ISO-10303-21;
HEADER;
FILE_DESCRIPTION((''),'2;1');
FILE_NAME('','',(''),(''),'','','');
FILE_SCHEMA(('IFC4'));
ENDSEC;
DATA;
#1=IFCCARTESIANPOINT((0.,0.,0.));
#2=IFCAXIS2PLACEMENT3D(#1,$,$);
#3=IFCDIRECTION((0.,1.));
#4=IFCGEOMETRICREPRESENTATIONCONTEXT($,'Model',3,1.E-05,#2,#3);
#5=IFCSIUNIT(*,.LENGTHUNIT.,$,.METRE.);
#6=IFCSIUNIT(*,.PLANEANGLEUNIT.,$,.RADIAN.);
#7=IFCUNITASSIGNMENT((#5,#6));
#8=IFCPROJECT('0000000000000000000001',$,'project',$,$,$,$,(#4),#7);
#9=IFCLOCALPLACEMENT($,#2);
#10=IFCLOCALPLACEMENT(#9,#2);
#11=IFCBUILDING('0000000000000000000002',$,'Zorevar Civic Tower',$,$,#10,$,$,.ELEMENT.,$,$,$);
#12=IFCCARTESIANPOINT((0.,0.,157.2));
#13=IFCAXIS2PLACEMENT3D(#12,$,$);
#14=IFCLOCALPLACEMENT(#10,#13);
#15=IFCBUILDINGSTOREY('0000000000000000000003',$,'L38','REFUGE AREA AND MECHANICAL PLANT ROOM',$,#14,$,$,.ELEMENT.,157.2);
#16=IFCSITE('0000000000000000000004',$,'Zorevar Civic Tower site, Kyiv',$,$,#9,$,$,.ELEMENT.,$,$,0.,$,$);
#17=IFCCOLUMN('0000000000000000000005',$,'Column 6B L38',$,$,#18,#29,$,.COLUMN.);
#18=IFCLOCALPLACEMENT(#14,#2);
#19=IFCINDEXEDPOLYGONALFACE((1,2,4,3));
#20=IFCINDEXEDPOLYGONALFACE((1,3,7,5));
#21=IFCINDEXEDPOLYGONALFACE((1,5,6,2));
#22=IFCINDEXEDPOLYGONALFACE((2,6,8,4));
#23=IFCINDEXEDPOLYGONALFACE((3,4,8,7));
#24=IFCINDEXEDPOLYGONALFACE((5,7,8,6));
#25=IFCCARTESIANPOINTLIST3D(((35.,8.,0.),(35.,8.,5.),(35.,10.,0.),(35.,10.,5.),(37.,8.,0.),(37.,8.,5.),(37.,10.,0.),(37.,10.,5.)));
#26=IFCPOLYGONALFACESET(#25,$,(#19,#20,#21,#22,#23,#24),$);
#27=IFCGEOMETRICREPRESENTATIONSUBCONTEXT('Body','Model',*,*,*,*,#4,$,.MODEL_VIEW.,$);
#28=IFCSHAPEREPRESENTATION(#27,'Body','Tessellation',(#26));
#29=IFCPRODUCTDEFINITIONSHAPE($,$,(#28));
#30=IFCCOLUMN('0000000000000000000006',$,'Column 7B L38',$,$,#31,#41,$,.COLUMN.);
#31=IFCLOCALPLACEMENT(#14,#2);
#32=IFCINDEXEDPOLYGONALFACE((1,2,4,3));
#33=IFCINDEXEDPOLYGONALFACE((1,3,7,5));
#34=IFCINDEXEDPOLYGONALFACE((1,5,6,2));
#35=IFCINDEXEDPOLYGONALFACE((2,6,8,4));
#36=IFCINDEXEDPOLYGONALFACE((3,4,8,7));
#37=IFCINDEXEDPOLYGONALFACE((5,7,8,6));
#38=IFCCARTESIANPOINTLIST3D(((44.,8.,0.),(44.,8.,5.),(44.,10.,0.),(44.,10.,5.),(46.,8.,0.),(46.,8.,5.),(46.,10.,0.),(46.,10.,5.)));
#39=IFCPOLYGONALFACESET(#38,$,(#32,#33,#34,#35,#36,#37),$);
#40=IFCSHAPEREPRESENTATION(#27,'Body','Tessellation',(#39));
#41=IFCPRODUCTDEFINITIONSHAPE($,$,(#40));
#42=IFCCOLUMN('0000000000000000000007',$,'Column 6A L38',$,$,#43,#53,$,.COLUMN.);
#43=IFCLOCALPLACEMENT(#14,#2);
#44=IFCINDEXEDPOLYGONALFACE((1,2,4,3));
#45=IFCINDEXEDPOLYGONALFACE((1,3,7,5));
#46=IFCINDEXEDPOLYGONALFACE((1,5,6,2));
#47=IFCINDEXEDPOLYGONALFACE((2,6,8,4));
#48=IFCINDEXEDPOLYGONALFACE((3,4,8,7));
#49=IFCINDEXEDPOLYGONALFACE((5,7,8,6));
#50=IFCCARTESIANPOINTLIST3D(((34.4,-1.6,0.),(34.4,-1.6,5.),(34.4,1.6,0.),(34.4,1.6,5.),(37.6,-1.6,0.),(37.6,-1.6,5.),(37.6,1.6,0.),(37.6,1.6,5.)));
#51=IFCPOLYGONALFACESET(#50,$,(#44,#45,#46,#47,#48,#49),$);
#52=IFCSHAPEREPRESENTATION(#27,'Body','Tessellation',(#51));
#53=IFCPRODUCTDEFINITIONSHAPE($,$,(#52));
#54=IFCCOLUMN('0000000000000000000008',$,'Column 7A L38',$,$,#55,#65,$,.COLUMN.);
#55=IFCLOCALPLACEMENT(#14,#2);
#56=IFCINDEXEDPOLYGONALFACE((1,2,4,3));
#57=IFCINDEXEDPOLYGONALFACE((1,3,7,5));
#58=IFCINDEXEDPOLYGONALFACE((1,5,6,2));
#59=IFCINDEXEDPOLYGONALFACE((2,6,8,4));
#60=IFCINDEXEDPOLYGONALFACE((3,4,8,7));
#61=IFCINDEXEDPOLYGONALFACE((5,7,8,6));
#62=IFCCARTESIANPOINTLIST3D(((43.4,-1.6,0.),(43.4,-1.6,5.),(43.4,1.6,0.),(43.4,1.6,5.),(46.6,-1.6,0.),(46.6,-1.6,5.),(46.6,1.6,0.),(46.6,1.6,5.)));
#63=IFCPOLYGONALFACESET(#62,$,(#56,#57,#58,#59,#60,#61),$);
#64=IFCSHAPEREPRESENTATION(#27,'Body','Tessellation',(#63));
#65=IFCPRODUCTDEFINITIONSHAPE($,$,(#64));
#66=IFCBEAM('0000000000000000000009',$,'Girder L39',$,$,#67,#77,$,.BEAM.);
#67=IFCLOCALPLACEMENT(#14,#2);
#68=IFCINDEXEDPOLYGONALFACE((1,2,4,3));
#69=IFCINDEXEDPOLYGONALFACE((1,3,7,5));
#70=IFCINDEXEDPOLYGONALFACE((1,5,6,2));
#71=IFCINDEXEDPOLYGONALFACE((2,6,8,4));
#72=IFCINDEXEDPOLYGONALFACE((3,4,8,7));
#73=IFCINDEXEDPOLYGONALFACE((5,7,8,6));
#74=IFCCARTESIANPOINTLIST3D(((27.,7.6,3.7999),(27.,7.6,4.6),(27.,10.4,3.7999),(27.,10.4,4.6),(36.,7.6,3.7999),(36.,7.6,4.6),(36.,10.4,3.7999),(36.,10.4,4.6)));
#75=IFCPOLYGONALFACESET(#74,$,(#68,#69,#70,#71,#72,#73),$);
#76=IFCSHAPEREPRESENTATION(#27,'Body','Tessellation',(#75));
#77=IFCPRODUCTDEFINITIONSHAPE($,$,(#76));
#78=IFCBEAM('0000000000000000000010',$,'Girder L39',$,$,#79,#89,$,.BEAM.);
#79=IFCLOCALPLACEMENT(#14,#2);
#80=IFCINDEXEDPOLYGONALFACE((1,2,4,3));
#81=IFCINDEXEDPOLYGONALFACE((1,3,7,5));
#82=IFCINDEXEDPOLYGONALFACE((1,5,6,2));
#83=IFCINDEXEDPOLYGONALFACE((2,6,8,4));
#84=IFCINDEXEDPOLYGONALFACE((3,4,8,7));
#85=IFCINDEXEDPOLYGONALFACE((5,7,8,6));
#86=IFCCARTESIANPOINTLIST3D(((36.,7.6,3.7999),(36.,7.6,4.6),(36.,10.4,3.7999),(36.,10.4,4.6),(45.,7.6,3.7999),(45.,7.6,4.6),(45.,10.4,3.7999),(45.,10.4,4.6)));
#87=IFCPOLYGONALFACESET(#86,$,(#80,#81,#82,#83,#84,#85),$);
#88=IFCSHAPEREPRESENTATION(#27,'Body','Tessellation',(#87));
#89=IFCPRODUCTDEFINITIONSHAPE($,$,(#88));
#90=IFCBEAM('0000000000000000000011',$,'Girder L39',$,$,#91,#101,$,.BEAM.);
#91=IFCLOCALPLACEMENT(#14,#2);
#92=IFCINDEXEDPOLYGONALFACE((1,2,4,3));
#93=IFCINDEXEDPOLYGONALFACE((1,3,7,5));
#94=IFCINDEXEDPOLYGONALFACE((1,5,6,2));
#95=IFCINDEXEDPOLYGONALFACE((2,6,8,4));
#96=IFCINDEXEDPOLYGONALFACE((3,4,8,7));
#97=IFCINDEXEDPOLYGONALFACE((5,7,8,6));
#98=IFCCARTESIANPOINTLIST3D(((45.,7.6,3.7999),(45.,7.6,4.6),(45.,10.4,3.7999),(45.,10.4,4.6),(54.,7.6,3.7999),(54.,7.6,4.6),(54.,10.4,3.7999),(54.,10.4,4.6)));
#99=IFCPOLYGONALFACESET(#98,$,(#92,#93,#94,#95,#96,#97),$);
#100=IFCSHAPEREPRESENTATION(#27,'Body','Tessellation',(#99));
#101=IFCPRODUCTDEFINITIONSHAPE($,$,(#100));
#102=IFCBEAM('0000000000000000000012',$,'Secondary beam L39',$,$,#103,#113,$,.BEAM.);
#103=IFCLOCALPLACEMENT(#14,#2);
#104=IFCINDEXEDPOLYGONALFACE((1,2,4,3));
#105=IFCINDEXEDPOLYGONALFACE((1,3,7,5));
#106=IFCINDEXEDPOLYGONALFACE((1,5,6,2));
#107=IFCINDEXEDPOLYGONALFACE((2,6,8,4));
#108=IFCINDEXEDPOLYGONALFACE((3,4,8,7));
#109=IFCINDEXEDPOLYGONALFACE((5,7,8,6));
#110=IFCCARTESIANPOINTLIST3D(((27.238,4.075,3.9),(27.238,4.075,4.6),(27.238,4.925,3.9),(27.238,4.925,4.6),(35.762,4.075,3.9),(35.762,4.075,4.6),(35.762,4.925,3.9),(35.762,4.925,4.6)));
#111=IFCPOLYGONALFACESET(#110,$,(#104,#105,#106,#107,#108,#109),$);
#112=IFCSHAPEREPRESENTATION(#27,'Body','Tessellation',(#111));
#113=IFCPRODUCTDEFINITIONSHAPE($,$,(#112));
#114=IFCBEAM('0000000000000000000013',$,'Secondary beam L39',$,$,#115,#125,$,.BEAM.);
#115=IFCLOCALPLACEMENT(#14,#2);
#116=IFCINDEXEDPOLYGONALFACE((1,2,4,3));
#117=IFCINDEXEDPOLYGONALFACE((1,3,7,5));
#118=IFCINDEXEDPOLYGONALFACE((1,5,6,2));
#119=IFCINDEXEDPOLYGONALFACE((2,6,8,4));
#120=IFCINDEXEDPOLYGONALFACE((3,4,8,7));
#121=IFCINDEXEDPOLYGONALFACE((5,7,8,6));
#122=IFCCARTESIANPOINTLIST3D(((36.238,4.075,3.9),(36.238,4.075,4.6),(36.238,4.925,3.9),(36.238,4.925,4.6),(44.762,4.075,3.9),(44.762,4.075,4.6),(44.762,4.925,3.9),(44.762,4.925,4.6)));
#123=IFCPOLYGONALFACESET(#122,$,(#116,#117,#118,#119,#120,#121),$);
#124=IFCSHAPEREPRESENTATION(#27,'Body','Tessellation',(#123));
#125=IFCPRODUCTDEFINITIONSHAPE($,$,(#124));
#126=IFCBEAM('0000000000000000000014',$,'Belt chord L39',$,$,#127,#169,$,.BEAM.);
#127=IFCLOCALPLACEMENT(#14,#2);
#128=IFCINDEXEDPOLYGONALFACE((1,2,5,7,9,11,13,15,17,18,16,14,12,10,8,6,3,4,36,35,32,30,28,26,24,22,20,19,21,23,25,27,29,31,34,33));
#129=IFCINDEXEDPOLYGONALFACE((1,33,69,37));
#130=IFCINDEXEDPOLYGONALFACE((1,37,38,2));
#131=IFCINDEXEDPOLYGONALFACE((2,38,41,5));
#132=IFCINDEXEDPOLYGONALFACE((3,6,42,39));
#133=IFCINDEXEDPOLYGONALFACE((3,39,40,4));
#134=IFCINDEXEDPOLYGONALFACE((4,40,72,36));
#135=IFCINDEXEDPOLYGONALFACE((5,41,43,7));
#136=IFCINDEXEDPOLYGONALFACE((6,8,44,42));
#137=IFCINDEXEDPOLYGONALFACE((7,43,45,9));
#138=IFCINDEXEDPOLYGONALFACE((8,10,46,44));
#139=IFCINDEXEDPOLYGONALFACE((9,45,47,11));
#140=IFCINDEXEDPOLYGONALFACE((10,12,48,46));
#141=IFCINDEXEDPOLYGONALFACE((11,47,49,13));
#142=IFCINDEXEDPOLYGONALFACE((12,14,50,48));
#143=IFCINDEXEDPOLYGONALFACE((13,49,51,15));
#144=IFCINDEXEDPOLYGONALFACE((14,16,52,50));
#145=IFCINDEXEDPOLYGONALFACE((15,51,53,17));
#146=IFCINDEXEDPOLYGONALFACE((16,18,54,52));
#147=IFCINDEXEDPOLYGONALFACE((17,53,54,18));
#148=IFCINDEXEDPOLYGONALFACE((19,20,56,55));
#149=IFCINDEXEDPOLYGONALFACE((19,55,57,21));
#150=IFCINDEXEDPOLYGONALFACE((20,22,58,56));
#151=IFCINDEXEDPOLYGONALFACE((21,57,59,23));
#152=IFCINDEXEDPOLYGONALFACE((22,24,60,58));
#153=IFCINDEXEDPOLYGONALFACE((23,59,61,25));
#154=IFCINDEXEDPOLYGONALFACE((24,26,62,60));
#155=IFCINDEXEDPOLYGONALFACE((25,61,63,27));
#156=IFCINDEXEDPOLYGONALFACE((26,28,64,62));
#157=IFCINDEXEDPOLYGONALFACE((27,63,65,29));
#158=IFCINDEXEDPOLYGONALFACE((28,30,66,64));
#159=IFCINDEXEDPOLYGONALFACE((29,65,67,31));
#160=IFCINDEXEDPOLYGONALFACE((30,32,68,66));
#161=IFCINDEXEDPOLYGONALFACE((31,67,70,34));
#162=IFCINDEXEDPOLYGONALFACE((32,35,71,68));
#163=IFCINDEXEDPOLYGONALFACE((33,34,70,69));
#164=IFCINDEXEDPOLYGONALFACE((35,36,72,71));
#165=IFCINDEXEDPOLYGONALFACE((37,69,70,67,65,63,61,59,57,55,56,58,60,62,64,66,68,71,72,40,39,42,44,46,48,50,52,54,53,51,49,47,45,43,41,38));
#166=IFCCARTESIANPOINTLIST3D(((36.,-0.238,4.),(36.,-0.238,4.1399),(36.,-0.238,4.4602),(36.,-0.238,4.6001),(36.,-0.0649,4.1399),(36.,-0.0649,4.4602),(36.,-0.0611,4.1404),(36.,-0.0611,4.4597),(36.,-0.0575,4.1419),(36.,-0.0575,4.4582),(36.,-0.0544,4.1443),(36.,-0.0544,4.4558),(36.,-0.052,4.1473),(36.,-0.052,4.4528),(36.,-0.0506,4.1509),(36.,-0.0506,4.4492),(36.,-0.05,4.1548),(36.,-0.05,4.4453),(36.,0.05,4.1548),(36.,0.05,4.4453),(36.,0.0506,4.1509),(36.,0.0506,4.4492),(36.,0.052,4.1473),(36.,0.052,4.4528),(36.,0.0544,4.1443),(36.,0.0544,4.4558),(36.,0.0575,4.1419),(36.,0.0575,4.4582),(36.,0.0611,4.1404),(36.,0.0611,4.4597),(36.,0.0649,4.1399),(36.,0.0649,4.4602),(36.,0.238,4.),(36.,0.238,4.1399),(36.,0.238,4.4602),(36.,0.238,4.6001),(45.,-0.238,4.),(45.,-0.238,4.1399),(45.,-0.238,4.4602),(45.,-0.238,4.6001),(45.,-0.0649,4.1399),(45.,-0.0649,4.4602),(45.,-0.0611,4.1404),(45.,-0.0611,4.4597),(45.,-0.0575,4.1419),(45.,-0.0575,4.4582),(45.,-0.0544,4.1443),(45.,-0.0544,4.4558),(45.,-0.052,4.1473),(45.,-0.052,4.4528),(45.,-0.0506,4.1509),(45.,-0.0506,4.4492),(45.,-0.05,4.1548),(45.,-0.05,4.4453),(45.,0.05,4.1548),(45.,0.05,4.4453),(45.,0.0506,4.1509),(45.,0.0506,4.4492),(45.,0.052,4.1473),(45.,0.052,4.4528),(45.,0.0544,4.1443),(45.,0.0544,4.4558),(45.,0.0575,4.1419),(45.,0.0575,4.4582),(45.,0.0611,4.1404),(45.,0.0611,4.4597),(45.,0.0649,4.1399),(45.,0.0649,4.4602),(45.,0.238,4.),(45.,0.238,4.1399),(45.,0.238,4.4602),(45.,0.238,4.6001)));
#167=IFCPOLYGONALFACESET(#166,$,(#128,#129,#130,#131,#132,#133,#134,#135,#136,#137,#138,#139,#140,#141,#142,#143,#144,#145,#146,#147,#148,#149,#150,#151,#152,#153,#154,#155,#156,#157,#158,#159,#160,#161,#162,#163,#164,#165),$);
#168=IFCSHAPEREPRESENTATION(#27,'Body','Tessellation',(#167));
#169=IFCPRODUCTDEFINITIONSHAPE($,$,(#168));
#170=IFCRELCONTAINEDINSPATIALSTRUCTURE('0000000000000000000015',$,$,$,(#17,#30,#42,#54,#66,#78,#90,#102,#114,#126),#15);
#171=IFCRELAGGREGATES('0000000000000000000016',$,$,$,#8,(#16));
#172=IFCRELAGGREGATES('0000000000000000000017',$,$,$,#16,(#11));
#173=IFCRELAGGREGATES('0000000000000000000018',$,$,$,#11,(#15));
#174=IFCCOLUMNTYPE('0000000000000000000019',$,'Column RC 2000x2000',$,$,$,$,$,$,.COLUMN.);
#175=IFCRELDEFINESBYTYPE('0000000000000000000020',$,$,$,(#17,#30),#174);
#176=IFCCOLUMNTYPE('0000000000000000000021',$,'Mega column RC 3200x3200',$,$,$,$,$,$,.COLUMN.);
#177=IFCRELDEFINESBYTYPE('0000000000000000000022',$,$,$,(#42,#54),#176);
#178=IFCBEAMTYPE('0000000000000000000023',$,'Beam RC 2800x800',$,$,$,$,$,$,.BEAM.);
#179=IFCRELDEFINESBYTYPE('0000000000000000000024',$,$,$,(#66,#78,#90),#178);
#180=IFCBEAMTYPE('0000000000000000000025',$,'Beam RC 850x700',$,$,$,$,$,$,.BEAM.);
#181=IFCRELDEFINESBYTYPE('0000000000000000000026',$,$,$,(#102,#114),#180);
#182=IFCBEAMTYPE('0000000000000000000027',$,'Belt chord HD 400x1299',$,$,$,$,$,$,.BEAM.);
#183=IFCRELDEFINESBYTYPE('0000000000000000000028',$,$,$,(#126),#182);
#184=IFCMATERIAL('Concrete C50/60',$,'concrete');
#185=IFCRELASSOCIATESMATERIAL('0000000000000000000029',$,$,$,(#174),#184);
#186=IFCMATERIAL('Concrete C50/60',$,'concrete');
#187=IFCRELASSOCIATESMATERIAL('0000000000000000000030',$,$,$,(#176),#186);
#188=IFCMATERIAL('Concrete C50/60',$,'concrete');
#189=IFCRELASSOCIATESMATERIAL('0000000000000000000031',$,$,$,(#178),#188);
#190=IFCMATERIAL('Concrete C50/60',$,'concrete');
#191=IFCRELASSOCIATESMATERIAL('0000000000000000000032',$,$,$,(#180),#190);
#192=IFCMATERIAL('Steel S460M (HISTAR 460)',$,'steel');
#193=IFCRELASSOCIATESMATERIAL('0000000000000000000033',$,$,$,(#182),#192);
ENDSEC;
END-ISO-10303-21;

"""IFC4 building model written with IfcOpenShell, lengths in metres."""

from ifc_helpers import new_model, si_unit, direction, frame, origin, origin_2d, place, context, subcontext, project, spatial, rectangle, i_section, extrude, material, material_profile, profile_set, type_object, element, save


model = new_model("IFC4")

# Units and contexts
model_context = context("Model", 3, precision=1e-05, world=origin(), true_north=direction((0.0, 1.0)))
body_context = subcontext(model_context, "Body", "Model", "MODEL_VIEW")
ifc_project = project(units=[si_unit("LENGTHUNIT", "METRE"), si_unit("PLANEANGLEUNIT", "RADIAN")], contexts=[model_context])

# Site, building, storey
site_placement = place(None, origin())
site = spatial("IfcSite", under=ifc_project, at=site_placement, Name="Zorevar Civic Tower site, Kyiv", CompositionType="ELEMENT", RefElevation=0.0)
building_placement = place(site_placement, origin())
building = spatial("IfcBuilding", under=site, at=building_placement, Name="Zorevar Civic Tower", CompositionType="ELEMENT")
storey_placement = place(building_placement, frame((0.0, 0.0, 157.2)))
storey = spatial("IfcBuildingStorey", under=building, at=storey_placement, Name="L38", Description="REFUGE AREA AND MECHANICAL PLANT ROOM", CompositionType="ELEMENT", Elevation=157.2)

# Columns
ifc_material_1 = material(Name="Concrete C50/60", Category="concrete")
ifc_material_profile_1 = material_profile(ifc_material_1, rectangle(XDim=2.0, YDim=2.0, at=origin_2d()), Name="RC 2000x2000")
ifc_profile_set_1 = profile_set([ifc_material_profile_1], Name="Concrete C50/60")
column_type_1 = type_object("IfcColumnType", Name="Column RC 2000x2000", PredefinedType="COLUMN", material=ifc_profile_set_1)
for number, where, z_axis, x_axis, name in (
    (1, (36.0, 9.0, 0.0), (0.0, 0.0, 1.0), (1.0, 0.0, 0.0), "Column 6B L38"),
    (2, (45.0, 9.0, 0.0), (0.0, 0.0, 1.0), (1.0, 0.0, 0.0), "Column 7B L38"),
):
    element("IfcColumn", number, at=place(storey_placement, frame(where, z_axis=z_axis, x_axis=x_axis)), inside=storey, type_object=column_type_1, Name=name, PredefinedType="COLUMN", context=body_context, shape_type="SweptSolid", body=[
        extrude(rectangle(XDim=2.0, YDim=2.0, at=origin_2d()), origin(), (0.0, 0.0, 1.0), 5.0),
    ])
ifc_material_2 = material(Name="Concrete C50/60", Category="concrete")
ifc_material_profile_2 = material_profile(ifc_material_2, rectangle(XDim=3.2, YDim=3.2, at=origin_2d()), Name="RC 3200x3200")
ifc_profile_set_2 = profile_set([ifc_material_profile_2], Name="Concrete C50/60")
column_type_2 = type_object("IfcColumnType", Name="Mega column RC 3200x3200", PredefinedType="COLUMN", material=ifc_profile_set_2)
for number, where, z_axis, x_axis, name in (
    (3, (36.0, 0.0, 0.0), (0.0, 0.0, 1.0), (1.0, 0.0, 0.0), "Column 6A L38"),
    (4, (45.0, 0.0, 0.0), (0.0, 0.0, 1.0), (1.0, 0.0, 0.0), "Column 7A L38"),
):
    element("IfcColumn", number, at=place(storey_placement, frame(where, z_axis=z_axis, x_axis=x_axis)), inside=storey, type_object=column_type_2, Name=name, PredefinedType="COLUMN", context=body_context, shape_type="SweptSolid", body=[
        extrude(rectangle(XDim=3.2, YDim=3.2, at=origin_2d()), origin(), (0.0, 0.0, 1.0), 5.0),
    ])

# Beams
ifc_material_3 = material(Name="Concrete C50/60", Category="concrete")
ifc_material_profile_3 = material_profile(ifc_material_3, rectangle(XDim=2.8, YDim=0.8, at=origin_2d()), Name="RC 2800x800")
ifc_profile_set_3 = profile_set([ifc_material_profile_3], Name="Concrete C50/60")
beam_type_1 = type_object("IfcBeamType", Name="Beam RC 2800x800", PredefinedType="BEAM", material=ifc_profile_set_3)
for number, where, z_axis, x_axis, name in (
    (5, (27.0, 9.0, 4.2), (1.0, 0.0, 0.0), (0.0, 1.0, 0.0), "Girder L39"),
    (6, (36.0, 9.0, 4.2), (1.0, 0.0, 0.0), (0.0, 1.0, 0.0), "Girder L39"),
    (7, (45.0, 9.0, 4.2), (1.0, 0.0, 0.0), (0.0, 1.0, 0.0), "Girder L39"),
):
    element("IfcBeam", number, at=place(storey_placement, frame(where, z_axis=z_axis, x_axis=x_axis)), inside=storey, type_object=beam_type_1, Name=name, PredefinedType="BEAM", context=body_context, shape_type="SweptSolid", body=[
        extrude(rectangle(XDim=2.8, YDim=0.8, at=origin_2d()), origin(), (0.0, 0.0, 1.0), 9.0),
    ])
ifc_material_4 = material(Name="Concrete C50/60", Category="concrete")
ifc_material_profile_4 = material_profile(ifc_material_4, rectangle(XDim=0.8501, YDim=0.7, at=origin_2d()), Name="RC 850x700")
ifc_profile_set_4 = profile_set([ifc_material_profile_4], Name="Concrete C50/60")
beam_type_2 = type_object("IfcBeamType", Name="Beam RC 850x700", PredefinedType="BEAM", material=ifc_profile_set_4)
for number, where, z_axis, x_axis, name in (
    (8, (27.238, 4.5, 4.25), (1.0, 0.0, 0.0), (0.0, 1.0, 0.0), "Secondary beam L39"),
    (9, (36.238, 4.5, 4.25), (1.0, 0.0, 0.0), (0.0, 1.0, 0.0), "Secondary beam L39"),
):
    element("IfcBeam", number, at=place(storey_placement, frame(where, z_axis=z_axis, x_axis=x_axis)), inside=storey, type_object=beam_type_2, Name=name, PredefinedType="BEAM", context=body_context, shape_type="SweptSolid", body=[
        extrude(rectangle(XDim=0.8501, YDim=0.7, at=origin_2d()), origin(), (0.0, 0.0, 1.0), 8.5239),
    ])
ifc_material_5 = material(Name="Steel S460M (HISTAR 460)", Category="steel")
ifc_material_profile_5 = material_profile(ifc_material_5, i_section(OverallWidth=0.4761, OverallDepth=0.6001, WebThickness=0.1001, FlangeThickness=0.1399, FilletRadius=0.0149, at=origin_2d()), Name="HD 400x1299")
ifc_profile_set_5 = profile_set([ifc_material_profile_5], Name="Steel S460M (HISTAR 460)")
beam_type_3 = type_object("IfcBeamType", Name="Belt chord HD 400x1299", PredefinedType="BEAM", material=ifc_profile_set_5)
beam_1_placement = place(storey_placement, frame((36.0, 0.0, 4.3), z_axis=(1.0, 0.0, 0.0), x_axis=(0.0, 1.0, 0.0)))
element("IfcBeam", 10, at=beam_1_placement, inside=storey, type_object=beam_type_3, Name="Belt chord L39", PredefinedType="BEAM", context=body_context, shape_type="SweptSolid", body=[
    extrude(i_section(OverallWidth=0.4761, OverallDepth=0.6001, WebThickness=0.1001, FlangeThickness=0.1399, FilletRadius=0.0149, at=origin_2d()), origin(), (0.0, 0.0, 1.0), 9.0),
])

save(model, "model.ifc")
